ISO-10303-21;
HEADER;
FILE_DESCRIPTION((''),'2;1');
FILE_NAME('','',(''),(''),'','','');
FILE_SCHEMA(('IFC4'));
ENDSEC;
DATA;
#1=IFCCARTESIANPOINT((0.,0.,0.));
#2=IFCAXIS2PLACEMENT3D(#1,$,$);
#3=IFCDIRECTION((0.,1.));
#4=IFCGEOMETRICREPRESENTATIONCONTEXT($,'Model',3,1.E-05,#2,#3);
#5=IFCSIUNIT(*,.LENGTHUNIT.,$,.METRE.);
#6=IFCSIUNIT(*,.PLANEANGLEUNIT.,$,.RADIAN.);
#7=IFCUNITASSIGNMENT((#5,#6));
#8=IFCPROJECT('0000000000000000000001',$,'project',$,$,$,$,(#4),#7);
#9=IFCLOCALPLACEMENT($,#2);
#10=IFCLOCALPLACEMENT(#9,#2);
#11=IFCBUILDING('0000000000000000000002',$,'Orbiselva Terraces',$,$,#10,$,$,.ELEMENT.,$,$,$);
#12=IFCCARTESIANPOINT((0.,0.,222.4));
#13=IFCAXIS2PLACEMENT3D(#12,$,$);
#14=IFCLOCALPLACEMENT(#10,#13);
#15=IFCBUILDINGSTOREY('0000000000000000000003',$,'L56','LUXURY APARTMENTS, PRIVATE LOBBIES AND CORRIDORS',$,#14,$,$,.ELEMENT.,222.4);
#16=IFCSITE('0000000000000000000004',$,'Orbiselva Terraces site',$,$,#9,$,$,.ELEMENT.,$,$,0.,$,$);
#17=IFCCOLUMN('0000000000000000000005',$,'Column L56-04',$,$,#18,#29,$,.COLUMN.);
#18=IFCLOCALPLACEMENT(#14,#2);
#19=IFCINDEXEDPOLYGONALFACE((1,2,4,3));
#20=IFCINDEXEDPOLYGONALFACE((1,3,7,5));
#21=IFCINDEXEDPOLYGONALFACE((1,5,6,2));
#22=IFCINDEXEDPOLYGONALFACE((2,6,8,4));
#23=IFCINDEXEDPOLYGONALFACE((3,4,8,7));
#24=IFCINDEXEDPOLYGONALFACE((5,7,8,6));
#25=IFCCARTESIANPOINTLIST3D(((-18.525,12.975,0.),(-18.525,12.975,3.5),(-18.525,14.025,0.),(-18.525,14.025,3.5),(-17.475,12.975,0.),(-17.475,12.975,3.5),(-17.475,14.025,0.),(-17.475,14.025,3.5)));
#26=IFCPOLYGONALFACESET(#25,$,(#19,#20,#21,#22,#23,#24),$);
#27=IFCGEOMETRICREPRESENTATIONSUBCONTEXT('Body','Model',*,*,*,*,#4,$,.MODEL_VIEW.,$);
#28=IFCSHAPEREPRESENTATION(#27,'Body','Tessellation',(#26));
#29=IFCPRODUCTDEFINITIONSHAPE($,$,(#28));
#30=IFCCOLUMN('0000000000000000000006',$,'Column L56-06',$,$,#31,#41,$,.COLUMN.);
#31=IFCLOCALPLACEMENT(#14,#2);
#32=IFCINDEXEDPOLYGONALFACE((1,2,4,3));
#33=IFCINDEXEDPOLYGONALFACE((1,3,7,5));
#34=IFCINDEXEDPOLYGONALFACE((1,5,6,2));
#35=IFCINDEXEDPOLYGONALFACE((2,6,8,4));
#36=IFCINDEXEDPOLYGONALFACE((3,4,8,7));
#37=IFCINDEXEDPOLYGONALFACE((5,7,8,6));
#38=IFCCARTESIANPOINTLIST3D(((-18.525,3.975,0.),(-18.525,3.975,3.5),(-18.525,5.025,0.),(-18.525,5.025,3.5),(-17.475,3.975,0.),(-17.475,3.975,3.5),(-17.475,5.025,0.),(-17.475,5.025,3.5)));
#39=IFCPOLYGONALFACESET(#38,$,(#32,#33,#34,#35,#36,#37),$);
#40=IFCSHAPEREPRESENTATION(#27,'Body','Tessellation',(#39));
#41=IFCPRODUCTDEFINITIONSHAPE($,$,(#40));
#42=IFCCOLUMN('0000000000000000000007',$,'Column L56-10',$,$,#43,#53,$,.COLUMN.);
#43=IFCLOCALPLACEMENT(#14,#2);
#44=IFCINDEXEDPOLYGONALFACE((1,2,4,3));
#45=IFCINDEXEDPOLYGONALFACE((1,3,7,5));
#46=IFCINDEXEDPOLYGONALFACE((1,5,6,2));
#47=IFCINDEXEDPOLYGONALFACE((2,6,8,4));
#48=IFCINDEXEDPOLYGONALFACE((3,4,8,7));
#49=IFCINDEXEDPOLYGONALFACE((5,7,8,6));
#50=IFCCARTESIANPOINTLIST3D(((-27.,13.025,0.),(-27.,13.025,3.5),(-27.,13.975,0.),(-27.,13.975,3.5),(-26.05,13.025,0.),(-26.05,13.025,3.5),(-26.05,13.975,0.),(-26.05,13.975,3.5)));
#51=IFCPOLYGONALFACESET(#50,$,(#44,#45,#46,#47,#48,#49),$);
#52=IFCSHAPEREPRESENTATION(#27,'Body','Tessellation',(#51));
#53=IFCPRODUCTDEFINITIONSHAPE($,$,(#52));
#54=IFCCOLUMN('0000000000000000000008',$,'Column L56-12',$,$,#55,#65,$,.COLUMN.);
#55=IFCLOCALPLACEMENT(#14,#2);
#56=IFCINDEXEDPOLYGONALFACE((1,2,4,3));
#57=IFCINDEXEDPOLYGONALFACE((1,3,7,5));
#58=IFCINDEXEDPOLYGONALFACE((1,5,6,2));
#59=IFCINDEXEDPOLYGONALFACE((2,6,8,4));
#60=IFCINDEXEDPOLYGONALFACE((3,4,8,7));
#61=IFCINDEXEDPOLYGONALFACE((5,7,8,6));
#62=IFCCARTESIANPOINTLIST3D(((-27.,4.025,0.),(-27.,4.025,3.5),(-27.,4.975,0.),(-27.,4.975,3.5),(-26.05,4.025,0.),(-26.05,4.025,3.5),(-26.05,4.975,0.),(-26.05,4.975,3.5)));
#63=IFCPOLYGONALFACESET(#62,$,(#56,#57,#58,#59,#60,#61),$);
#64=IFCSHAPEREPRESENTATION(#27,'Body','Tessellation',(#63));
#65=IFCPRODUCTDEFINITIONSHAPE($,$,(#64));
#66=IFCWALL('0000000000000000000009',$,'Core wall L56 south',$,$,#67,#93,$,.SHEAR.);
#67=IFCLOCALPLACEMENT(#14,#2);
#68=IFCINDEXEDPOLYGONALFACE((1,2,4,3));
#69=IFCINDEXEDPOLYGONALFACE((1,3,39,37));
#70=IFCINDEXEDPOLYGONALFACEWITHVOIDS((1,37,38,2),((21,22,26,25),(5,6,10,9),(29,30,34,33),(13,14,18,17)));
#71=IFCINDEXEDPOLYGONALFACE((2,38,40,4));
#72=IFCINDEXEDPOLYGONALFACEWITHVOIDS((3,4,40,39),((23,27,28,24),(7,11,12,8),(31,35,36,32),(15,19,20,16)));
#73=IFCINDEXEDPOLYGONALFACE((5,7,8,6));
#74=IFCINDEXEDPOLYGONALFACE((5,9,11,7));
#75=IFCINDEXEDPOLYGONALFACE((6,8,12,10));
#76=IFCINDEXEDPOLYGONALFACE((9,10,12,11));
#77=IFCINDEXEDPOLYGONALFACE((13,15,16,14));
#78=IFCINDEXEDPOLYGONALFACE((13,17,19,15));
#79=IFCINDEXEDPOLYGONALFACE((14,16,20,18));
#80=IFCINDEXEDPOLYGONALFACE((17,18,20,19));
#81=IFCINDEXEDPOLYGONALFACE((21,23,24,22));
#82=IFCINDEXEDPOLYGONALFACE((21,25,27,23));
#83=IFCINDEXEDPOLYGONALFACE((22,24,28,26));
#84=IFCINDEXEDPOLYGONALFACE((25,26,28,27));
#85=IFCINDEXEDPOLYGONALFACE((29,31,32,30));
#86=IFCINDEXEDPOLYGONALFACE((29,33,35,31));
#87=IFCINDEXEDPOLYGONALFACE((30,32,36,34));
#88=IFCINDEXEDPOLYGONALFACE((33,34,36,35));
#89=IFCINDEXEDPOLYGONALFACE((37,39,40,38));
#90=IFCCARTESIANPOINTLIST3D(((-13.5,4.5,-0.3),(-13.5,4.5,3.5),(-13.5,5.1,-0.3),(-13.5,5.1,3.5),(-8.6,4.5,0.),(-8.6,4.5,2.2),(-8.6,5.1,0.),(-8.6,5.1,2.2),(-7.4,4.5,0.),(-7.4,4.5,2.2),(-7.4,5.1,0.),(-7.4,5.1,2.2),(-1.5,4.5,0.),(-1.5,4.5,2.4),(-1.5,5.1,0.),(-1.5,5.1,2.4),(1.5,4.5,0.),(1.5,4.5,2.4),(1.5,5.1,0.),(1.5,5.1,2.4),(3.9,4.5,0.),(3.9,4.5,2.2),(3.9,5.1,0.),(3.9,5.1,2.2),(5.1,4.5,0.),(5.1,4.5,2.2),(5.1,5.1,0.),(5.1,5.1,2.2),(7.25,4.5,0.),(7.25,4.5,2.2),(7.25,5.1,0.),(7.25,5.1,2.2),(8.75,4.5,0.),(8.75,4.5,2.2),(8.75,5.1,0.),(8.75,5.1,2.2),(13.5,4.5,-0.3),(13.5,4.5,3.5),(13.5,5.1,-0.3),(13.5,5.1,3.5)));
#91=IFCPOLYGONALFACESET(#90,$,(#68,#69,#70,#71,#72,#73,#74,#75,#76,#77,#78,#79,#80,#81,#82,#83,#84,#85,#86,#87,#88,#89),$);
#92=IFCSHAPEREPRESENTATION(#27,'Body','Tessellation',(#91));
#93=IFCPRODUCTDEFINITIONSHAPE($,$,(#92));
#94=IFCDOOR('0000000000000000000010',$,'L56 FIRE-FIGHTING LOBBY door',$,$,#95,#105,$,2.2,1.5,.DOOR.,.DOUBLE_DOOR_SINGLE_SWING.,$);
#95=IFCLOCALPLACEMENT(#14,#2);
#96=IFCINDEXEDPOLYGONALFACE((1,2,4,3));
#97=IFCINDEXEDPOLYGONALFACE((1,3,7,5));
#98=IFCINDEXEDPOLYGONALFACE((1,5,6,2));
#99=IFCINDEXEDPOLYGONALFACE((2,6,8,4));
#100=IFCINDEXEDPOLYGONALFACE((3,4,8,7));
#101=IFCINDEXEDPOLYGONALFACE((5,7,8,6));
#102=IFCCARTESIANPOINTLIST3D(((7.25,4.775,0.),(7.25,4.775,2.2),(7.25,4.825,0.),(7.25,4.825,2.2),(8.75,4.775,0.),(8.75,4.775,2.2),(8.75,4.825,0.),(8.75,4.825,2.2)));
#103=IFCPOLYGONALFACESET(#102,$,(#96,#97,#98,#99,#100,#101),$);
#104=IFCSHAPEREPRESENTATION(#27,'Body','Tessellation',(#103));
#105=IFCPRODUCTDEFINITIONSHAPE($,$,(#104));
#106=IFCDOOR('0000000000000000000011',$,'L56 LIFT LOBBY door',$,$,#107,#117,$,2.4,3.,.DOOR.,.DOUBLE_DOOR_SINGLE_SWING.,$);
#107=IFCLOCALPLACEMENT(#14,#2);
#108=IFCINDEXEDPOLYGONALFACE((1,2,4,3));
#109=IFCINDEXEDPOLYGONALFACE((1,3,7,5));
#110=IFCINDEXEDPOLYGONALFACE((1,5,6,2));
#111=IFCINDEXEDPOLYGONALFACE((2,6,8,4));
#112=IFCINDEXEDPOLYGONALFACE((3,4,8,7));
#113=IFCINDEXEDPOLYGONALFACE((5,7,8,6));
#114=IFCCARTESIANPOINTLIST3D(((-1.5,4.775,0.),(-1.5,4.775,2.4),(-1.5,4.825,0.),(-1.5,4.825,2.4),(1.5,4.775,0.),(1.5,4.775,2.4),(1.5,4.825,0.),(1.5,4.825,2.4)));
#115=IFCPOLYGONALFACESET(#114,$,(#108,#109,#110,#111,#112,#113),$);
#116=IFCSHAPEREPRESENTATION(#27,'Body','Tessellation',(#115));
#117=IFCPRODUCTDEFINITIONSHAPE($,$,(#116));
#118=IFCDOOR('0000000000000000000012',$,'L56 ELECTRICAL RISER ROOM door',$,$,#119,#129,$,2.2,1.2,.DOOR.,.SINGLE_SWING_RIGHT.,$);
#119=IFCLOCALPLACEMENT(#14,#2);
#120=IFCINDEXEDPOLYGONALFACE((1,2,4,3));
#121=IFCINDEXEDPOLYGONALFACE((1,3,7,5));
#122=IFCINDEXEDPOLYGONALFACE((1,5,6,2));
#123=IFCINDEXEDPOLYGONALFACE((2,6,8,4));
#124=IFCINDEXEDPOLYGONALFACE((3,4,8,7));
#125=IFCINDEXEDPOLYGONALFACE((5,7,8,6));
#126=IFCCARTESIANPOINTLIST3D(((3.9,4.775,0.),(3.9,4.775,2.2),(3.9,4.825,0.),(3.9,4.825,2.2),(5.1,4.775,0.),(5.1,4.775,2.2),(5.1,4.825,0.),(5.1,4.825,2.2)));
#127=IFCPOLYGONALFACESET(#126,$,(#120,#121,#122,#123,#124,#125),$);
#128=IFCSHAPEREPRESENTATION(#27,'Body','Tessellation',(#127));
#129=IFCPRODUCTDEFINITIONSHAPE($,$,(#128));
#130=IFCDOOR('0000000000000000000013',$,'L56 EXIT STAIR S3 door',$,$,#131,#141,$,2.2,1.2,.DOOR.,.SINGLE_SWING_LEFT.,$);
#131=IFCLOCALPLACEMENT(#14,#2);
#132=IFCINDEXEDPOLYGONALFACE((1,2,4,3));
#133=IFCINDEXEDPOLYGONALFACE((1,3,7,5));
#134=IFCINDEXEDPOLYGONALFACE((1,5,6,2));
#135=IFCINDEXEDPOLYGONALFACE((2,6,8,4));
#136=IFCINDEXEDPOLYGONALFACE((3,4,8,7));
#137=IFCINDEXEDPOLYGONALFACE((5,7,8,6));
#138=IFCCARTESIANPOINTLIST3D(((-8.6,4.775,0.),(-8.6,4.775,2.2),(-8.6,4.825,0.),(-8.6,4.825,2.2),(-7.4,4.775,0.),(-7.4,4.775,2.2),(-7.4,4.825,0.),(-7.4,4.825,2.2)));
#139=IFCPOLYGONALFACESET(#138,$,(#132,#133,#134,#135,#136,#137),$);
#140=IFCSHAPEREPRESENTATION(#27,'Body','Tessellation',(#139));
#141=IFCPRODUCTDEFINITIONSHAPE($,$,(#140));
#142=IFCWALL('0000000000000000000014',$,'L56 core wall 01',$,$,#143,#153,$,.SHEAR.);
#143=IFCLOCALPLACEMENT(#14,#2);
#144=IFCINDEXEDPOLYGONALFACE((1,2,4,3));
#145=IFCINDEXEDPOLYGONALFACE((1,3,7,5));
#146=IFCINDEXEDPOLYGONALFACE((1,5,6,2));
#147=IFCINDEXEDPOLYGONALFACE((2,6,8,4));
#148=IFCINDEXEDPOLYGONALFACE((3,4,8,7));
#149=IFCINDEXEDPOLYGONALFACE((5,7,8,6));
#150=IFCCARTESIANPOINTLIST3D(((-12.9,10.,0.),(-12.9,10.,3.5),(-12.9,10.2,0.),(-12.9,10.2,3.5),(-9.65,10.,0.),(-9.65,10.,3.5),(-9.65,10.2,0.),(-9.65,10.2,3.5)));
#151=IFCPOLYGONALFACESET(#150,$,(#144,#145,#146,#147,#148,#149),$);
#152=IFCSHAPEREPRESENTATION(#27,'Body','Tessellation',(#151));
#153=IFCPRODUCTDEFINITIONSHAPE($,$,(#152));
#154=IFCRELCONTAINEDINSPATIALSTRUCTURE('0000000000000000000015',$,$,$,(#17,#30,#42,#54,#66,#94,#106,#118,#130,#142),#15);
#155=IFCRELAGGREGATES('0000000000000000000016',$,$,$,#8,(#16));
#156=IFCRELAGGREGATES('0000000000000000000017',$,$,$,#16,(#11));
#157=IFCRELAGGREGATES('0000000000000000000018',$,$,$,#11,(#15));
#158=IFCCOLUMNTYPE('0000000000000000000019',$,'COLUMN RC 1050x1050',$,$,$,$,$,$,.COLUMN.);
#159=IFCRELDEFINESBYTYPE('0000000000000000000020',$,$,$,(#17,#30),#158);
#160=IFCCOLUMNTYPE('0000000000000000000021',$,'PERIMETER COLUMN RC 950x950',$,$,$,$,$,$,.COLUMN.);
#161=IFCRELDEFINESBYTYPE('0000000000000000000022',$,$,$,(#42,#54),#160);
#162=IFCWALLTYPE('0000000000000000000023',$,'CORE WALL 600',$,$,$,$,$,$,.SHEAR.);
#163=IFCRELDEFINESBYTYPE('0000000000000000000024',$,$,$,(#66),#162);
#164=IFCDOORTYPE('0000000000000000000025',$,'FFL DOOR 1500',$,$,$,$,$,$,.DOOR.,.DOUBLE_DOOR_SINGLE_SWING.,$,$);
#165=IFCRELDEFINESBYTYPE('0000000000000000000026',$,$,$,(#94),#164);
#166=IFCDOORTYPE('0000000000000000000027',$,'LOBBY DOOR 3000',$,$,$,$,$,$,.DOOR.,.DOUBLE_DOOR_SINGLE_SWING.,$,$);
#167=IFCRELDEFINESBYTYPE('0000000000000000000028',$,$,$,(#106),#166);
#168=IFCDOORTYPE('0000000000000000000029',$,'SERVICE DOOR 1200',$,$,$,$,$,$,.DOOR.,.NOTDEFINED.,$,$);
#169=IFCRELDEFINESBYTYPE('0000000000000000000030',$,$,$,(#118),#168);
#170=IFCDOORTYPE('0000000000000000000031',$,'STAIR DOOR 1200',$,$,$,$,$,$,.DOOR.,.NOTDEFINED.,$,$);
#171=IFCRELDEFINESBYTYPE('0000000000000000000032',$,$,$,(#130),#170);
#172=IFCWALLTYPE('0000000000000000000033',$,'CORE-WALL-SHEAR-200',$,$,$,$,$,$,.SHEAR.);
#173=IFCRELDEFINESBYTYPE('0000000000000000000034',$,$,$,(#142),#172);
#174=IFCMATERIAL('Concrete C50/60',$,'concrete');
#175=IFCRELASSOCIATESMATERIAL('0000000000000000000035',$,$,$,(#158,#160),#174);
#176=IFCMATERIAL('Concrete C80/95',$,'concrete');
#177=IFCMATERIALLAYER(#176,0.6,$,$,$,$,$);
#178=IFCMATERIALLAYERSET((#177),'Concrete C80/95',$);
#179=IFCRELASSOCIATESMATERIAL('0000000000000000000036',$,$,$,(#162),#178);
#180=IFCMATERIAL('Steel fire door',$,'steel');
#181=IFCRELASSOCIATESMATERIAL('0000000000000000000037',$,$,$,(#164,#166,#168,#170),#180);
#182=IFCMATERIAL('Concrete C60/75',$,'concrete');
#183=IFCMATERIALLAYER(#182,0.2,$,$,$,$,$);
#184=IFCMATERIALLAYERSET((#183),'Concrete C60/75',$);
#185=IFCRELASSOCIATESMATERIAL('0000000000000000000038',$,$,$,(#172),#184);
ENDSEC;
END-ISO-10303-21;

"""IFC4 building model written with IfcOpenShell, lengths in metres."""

from ifc_helpers import new_model, si_unit, direction, frame, frame_2d, origin, origin_2d, place, context, subcontext, project, spatial, rectangle, extrude, material, layer, layer_set, material_profile, profile_set, type_object, element, fill, save


model = new_model("IFC4")

# Units and contexts
model_context = context("Model", 3, precision=1e-05, world=origin(), true_north=direction((0.0, 1.0)))
body_context = subcontext(model_context, "Body", "Model", "MODEL_VIEW")
ifc_project = project(units=[si_unit("LENGTHUNIT", "METRE"), si_unit("PLANEANGLEUNIT", "RADIAN")], contexts=[model_context])

# Site, building, storey
site_placement = place(None, origin())
site = spatial("IfcSite", under=ifc_project, at=site_placement, Name="Orbiselva Terraces site", CompositionType="ELEMENT", RefElevation=0.0)
building_placement = place(site_placement, origin())
building = spatial("IfcBuilding", under=site, at=building_placement, Name="Orbiselva Terraces", CompositionType="ELEMENT")
storey_placement = place(building_placement, frame((0.0, 0.0, 222.4)))
storey = spatial("IfcBuildingStorey", under=building, at=storey_placement, Name="L56", Description="LUXURY APARTMENTS, PRIVATE LOBBIES AND CORRIDORS", CompositionType="ELEMENT", Elevation=222.4)

# Columns
ifc_material_1 = material(Name="Concrete C50/60", Category="concrete")
ifc_material_profile_1 = material_profile(ifc_material_1, rectangle(XDim=1.05, YDim=1.05, at=origin_2d()), Name="RC 1050x1050")
ifc_profile_set_1 = profile_set([ifc_material_profile_1], Name="Concrete C50/60")
column_type_1 = type_object("IfcColumnType", Name="COLUMN RC 1050x1050", PredefinedType="COLUMN", material=ifc_profile_set_1)
for number, where, z_axis, x_axis, name in (
    (1, (-18.0, 13.5, 0.0), (0.0, 0.0, 1.0), (1.0, 0.0, 0.0), "Column L56-04"),
    (2, (-18.0, 4.5, 0.0), (0.0, 0.0, 1.0), (1.0, 0.0, 0.0), "Column L56-06"),
):
    element("IfcColumn", number, at=place(storey_placement, frame(where, z_axis=z_axis, x_axis=x_axis)), inside=storey, type_object=column_type_1, Name=name, PredefinedType="COLUMN", context=body_context, shape_type="SweptSolid", body=[
        extrude(rectangle(XDim=1.05, YDim=1.05, at=origin_2d()), origin(), (0.0, 0.0, 1.0), 3.5),
    ])
ifc_material_profile_2 = material_profile(ifc_material_1, rectangle(XDim=0.95, YDim=0.95, at=origin_2d()), Name="RC 950x950")
ifc_profile_set_2 = profile_set([ifc_material_profile_2], Name="Concrete C50/60")
column_type_2 = type_object("IfcColumnType", Name="PERIMETER COLUMN RC 950x950", PredefinedType="COLUMN", material=ifc_profile_set_2)
for number, where, z_axis, x_axis, name in (
    (3, (-26.525, 13.5, 0.0), (0.0, 0.0, 1.0), (1.0, 0.0, 0.0), "Column L56-10"),
    (4, (-26.525, 4.5, 0.0), (0.0, 0.0, 1.0), (1.0, 0.0, 0.0), "Column L56-12"),
):
    element("IfcColumn", number, at=place(storey_placement, frame(where, z_axis=z_axis, x_axis=x_axis)), inside=storey, type_object=column_type_2, Name=name, PredefinedType="COLUMN", context=body_context, shape_type="SweptSolid", body=[
        extrude(rectangle(XDim=0.95, YDim=0.95, at=origin_2d()), origin(), (0.0, 0.0, 1.0), 3.5),
    ])

# Wall, openings, doors
ifc_material_2 = material(Name="Concrete C80/95", Category="concrete")
ifc_layer_1 = layer(ifc_material_2, 0.6)
ifc_layer_set_1 = layer_set([ifc_layer_1], Name="Concrete C80/95")
wall_type_1 = type_object("IfcWallType", Name="CORE WALL 600", PredefinedType="SHEAR", material=ifc_layer_set_1)
wall_1_placement = place(storey_placement, frame((-13.5, 4.8, -0.3), z_axis=(0.0, 0.0, 1.0), x_axis=(1.0, 0.0, 0.0)))
wall_1 = element("IfcWall", 5, at=wall_1_placement, inside=storey, type_object=wall_type_1, Name="Core wall L56 south", PredefinedType="SHEAR", context=body_context, shape_type="SweptSolid", body=[
    extrude(rectangle(XDim=27.0, YDim=0.6, at=frame_2d((13.5, 0.0))), origin(), (0.0, 0.0, 1.0), 3.8),
])
opening_1_placement = place(wall_1_placement, frame((12.0, 0.0, 0.3)))
opening_1 = element("IfcOpeningElement", 6, at=opening_1_placement, cuts=wall_1, PredefinedType="OPENING", context=body_context, shape_type="SweptSolid", body=[
    extrude(rectangle(XDim=3.0, YDim=2.4, at=frame_2d((1.5, 1.2))), frame((0.0, 0.31, 0.0), z_axis=(0.0, -1.0, 0.0), x_axis=(1.0, 0.0, 0.0)), (0.0, 0.0, 1.0), 0.62),
])
opening_2_placement = place(wall_1_placement, frame((4.9, 0.0, 0.3)))
opening_2 = element("IfcOpeningElement", 7, at=opening_2_placement, cuts=wall_1, PredefinedType="OPENING", context=body_context, shape_type="SweptSolid", body=[
    extrude(rectangle(XDim=1.2, YDim=2.2, at=frame_2d((0.6, 1.1))), frame((0.0, 0.31, 0.0), z_axis=(0.0, -1.0, 0.0), x_axis=(1.0, 0.0, 0.0)), (0.0, 0.0, 1.0), 0.62),
])
opening_3_placement = place(wall_1_placement, frame((20.75, 0.0, 0.3)))
opening_3 = element("IfcOpeningElement", 8, at=opening_3_placement, cuts=wall_1, PredefinedType="OPENING", context=body_context, shape_type="SweptSolid", body=[
    extrude(rectangle(XDim=1.5, YDim=2.2, at=frame_2d((0.75, 1.1))), frame((0.0, 0.31, 0.0), z_axis=(0.0, -1.0, 0.0), x_axis=(1.0, 0.0, 0.0)), (0.0, 0.0, 1.0), 0.62),
])
opening_4_placement = place(wall_1_placement, frame((17.4, 0.0, 0.3)))
opening_4 = element("IfcOpeningElement", 9, at=opening_4_placement, cuts=wall_1, PredefinedType="OPENING", context=body_context, shape_type="SweptSolid", body=[
    extrude(rectangle(XDim=1.2, YDim=2.2, at=frame_2d((0.6, 1.1))), frame((0.0, 0.31, 0.0), z_axis=(0.0, -1.0, 0.0), x_axis=(1.0, 0.0, 0.0)), (0.0, 0.0, 1.0), 0.62),
])
ifc_material_3 = material(Name="Steel fire door", Category="steel")
door_type_1 = type_object("IfcDoorType", Name="FFL DOOR 1500", OperationType="DOUBLE_DOOR_SINGLE_SWING", PredefinedType="DOOR", material=ifc_material_3)
door_1_placement = place(opening_3_placement, frame((1.5, 0.0, 0.0), z_axis=(0.0, 0.0, 1.0), x_axis=(-1.0, 0.0, 0.0)))
door_1 = element("IfcDoor", 10, at=door_1_placement, inside=storey, type_object=door_type_1, Name="L56 FIRE-FIGHTING LOBBY door", OperationType="DOUBLE_DOOR_SINGLE_SWING", OverallHeight=2.2, OverallWidth=1.5, PredefinedType="DOOR", context=body_context, shape_type="SweptSolid", body=[
    extrude(rectangle(XDim=1.5, YDim=2.2, at=frame_2d((0.75, 1.1))), frame((0.0, 0.025, 0.0), z_axis=(0.0, -1.0, 0.0), x_axis=(1.0, 0.0, 0.0)), (0.0, 0.0, 1.0), 0.05),
])
fill(opening_3, door_1)
door_type_2 = type_object("IfcDoorType", Name="LOBBY DOOR 3000", OperationType="DOUBLE_DOOR_SINGLE_SWING", PredefinedType="DOOR", material=ifc_material_3)
door_2_placement = place(opening_1_placement, frame((3.0, 0.0, 0.0), z_axis=(0.0, 0.0, 1.0), x_axis=(-1.0, 0.0, 0.0)))
door_2 = element("IfcDoor", 11, at=door_2_placement, inside=storey, type_object=door_type_2, Name="L56 LIFT LOBBY door", OperationType="DOUBLE_DOOR_SINGLE_SWING", OverallHeight=2.4, OverallWidth=3.0, PredefinedType="DOOR", context=body_context, shape_type="SweptSolid", body=[
    extrude(rectangle(XDim=3.0, YDim=2.4, at=frame_2d((1.5, 1.2))), frame((0.0, 0.025, 0.0), z_axis=(0.0, -1.0, 0.0), x_axis=(1.0, 0.0, 0.0)), (0.0, 0.0, 1.0), 0.05),
])
fill(opening_1, door_2)
door_type_3 = type_object("IfcDoorType", Name="SERVICE DOOR 1200", OperationType="NOTDEFINED", PredefinedType="DOOR", material=ifc_material_3)
door_3_placement = place(opening_4_placement, frame((1.2, 0.0, 0.0), z_axis=(0.0, 0.0, 1.0), x_axis=(-1.0, 0.0, 0.0)))
door_3 = element("IfcDoor", 12, at=door_3_placement, inside=storey, type_object=door_type_3, Name="L56 ELECTRICAL RISER ROOM door", OperationType="SINGLE_SWING_RIGHT", OverallHeight=2.2, OverallWidth=1.2, PredefinedType="DOOR", context=body_context, shape_type="SweptSolid", body=[
    extrude(rectangle(XDim=1.2, YDim=2.2, at=frame_2d((0.6, 1.1))), frame((0.0, 0.025, 0.0), z_axis=(0.0, -1.0, 0.0), x_axis=(1.0, 0.0, 0.0)), (0.0, 0.0, 1.0), 0.05),
])
fill(opening_4, door_3)
door_type_4 = type_object("IfcDoorType", Name="STAIR DOOR 1200", OperationType="NOTDEFINED", PredefinedType="DOOR", material=ifc_material_3)
door_4_placement = place(opening_2_placement, frame((1.2, 0.0, 0.0), z_axis=(0.0, 0.0, 1.0), x_axis=(-1.0, 0.0, 0.0)))
door_4 = element("IfcDoor", 13, at=door_4_placement, inside=storey, type_object=door_type_4, Name="L56 EXIT STAIR S3 door", OperationType="SINGLE_SWING_LEFT", OverallHeight=2.2, OverallWidth=1.2, PredefinedType="DOOR", context=body_context, shape_type="SweptSolid", body=[
    extrude(rectangle(XDim=1.2, YDim=2.2, at=frame_2d((0.6, 1.1))), frame((0.0, 0.025, 0.0), z_axis=(0.0, -1.0, 0.0), x_axis=(1.0, 0.0, 0.0)), (0.0, 0.0, 1.0), 0.05),
])
fill(opening_2, door_4)

# Wall
ifc_material_4 = material(Name="Concrete C60/75", Category="concrete")
ifc_layer_2 = layer(ifc_material_4, 0.2)
ifc_layer_set_2 = layer_set([ifc_layer_2], Name="Concrete C60/75")
wall_type_2 = type_object("IfcWallType", Name="CORE-WALL-SHEAR-200", PredefinedType="SHEAR", material=ifc_layer_set_2)
wall_2_placement = place(storey_placement, frame((-12.9, 10.1, 0.0), z_axis=(0.0, 0.0, 1.0), x_axis=(1.0, 0.0, 0.0)))
element("IfcWall", 14, at=wall_2_placement, inside=storey, type_object=wall_type_2, Name="L56 core wall 01", PredefinedType="SHEAR", context=body_context, shape_type="SweptSolid", body=[
    extrude(rectangle(XDim=3.25, YDim=0.2, at=frame_2d((1.625, 0.0))), origin(), (0.0, 0.0, 1.0), 3.5),
])

save(model, "model.ifc")
